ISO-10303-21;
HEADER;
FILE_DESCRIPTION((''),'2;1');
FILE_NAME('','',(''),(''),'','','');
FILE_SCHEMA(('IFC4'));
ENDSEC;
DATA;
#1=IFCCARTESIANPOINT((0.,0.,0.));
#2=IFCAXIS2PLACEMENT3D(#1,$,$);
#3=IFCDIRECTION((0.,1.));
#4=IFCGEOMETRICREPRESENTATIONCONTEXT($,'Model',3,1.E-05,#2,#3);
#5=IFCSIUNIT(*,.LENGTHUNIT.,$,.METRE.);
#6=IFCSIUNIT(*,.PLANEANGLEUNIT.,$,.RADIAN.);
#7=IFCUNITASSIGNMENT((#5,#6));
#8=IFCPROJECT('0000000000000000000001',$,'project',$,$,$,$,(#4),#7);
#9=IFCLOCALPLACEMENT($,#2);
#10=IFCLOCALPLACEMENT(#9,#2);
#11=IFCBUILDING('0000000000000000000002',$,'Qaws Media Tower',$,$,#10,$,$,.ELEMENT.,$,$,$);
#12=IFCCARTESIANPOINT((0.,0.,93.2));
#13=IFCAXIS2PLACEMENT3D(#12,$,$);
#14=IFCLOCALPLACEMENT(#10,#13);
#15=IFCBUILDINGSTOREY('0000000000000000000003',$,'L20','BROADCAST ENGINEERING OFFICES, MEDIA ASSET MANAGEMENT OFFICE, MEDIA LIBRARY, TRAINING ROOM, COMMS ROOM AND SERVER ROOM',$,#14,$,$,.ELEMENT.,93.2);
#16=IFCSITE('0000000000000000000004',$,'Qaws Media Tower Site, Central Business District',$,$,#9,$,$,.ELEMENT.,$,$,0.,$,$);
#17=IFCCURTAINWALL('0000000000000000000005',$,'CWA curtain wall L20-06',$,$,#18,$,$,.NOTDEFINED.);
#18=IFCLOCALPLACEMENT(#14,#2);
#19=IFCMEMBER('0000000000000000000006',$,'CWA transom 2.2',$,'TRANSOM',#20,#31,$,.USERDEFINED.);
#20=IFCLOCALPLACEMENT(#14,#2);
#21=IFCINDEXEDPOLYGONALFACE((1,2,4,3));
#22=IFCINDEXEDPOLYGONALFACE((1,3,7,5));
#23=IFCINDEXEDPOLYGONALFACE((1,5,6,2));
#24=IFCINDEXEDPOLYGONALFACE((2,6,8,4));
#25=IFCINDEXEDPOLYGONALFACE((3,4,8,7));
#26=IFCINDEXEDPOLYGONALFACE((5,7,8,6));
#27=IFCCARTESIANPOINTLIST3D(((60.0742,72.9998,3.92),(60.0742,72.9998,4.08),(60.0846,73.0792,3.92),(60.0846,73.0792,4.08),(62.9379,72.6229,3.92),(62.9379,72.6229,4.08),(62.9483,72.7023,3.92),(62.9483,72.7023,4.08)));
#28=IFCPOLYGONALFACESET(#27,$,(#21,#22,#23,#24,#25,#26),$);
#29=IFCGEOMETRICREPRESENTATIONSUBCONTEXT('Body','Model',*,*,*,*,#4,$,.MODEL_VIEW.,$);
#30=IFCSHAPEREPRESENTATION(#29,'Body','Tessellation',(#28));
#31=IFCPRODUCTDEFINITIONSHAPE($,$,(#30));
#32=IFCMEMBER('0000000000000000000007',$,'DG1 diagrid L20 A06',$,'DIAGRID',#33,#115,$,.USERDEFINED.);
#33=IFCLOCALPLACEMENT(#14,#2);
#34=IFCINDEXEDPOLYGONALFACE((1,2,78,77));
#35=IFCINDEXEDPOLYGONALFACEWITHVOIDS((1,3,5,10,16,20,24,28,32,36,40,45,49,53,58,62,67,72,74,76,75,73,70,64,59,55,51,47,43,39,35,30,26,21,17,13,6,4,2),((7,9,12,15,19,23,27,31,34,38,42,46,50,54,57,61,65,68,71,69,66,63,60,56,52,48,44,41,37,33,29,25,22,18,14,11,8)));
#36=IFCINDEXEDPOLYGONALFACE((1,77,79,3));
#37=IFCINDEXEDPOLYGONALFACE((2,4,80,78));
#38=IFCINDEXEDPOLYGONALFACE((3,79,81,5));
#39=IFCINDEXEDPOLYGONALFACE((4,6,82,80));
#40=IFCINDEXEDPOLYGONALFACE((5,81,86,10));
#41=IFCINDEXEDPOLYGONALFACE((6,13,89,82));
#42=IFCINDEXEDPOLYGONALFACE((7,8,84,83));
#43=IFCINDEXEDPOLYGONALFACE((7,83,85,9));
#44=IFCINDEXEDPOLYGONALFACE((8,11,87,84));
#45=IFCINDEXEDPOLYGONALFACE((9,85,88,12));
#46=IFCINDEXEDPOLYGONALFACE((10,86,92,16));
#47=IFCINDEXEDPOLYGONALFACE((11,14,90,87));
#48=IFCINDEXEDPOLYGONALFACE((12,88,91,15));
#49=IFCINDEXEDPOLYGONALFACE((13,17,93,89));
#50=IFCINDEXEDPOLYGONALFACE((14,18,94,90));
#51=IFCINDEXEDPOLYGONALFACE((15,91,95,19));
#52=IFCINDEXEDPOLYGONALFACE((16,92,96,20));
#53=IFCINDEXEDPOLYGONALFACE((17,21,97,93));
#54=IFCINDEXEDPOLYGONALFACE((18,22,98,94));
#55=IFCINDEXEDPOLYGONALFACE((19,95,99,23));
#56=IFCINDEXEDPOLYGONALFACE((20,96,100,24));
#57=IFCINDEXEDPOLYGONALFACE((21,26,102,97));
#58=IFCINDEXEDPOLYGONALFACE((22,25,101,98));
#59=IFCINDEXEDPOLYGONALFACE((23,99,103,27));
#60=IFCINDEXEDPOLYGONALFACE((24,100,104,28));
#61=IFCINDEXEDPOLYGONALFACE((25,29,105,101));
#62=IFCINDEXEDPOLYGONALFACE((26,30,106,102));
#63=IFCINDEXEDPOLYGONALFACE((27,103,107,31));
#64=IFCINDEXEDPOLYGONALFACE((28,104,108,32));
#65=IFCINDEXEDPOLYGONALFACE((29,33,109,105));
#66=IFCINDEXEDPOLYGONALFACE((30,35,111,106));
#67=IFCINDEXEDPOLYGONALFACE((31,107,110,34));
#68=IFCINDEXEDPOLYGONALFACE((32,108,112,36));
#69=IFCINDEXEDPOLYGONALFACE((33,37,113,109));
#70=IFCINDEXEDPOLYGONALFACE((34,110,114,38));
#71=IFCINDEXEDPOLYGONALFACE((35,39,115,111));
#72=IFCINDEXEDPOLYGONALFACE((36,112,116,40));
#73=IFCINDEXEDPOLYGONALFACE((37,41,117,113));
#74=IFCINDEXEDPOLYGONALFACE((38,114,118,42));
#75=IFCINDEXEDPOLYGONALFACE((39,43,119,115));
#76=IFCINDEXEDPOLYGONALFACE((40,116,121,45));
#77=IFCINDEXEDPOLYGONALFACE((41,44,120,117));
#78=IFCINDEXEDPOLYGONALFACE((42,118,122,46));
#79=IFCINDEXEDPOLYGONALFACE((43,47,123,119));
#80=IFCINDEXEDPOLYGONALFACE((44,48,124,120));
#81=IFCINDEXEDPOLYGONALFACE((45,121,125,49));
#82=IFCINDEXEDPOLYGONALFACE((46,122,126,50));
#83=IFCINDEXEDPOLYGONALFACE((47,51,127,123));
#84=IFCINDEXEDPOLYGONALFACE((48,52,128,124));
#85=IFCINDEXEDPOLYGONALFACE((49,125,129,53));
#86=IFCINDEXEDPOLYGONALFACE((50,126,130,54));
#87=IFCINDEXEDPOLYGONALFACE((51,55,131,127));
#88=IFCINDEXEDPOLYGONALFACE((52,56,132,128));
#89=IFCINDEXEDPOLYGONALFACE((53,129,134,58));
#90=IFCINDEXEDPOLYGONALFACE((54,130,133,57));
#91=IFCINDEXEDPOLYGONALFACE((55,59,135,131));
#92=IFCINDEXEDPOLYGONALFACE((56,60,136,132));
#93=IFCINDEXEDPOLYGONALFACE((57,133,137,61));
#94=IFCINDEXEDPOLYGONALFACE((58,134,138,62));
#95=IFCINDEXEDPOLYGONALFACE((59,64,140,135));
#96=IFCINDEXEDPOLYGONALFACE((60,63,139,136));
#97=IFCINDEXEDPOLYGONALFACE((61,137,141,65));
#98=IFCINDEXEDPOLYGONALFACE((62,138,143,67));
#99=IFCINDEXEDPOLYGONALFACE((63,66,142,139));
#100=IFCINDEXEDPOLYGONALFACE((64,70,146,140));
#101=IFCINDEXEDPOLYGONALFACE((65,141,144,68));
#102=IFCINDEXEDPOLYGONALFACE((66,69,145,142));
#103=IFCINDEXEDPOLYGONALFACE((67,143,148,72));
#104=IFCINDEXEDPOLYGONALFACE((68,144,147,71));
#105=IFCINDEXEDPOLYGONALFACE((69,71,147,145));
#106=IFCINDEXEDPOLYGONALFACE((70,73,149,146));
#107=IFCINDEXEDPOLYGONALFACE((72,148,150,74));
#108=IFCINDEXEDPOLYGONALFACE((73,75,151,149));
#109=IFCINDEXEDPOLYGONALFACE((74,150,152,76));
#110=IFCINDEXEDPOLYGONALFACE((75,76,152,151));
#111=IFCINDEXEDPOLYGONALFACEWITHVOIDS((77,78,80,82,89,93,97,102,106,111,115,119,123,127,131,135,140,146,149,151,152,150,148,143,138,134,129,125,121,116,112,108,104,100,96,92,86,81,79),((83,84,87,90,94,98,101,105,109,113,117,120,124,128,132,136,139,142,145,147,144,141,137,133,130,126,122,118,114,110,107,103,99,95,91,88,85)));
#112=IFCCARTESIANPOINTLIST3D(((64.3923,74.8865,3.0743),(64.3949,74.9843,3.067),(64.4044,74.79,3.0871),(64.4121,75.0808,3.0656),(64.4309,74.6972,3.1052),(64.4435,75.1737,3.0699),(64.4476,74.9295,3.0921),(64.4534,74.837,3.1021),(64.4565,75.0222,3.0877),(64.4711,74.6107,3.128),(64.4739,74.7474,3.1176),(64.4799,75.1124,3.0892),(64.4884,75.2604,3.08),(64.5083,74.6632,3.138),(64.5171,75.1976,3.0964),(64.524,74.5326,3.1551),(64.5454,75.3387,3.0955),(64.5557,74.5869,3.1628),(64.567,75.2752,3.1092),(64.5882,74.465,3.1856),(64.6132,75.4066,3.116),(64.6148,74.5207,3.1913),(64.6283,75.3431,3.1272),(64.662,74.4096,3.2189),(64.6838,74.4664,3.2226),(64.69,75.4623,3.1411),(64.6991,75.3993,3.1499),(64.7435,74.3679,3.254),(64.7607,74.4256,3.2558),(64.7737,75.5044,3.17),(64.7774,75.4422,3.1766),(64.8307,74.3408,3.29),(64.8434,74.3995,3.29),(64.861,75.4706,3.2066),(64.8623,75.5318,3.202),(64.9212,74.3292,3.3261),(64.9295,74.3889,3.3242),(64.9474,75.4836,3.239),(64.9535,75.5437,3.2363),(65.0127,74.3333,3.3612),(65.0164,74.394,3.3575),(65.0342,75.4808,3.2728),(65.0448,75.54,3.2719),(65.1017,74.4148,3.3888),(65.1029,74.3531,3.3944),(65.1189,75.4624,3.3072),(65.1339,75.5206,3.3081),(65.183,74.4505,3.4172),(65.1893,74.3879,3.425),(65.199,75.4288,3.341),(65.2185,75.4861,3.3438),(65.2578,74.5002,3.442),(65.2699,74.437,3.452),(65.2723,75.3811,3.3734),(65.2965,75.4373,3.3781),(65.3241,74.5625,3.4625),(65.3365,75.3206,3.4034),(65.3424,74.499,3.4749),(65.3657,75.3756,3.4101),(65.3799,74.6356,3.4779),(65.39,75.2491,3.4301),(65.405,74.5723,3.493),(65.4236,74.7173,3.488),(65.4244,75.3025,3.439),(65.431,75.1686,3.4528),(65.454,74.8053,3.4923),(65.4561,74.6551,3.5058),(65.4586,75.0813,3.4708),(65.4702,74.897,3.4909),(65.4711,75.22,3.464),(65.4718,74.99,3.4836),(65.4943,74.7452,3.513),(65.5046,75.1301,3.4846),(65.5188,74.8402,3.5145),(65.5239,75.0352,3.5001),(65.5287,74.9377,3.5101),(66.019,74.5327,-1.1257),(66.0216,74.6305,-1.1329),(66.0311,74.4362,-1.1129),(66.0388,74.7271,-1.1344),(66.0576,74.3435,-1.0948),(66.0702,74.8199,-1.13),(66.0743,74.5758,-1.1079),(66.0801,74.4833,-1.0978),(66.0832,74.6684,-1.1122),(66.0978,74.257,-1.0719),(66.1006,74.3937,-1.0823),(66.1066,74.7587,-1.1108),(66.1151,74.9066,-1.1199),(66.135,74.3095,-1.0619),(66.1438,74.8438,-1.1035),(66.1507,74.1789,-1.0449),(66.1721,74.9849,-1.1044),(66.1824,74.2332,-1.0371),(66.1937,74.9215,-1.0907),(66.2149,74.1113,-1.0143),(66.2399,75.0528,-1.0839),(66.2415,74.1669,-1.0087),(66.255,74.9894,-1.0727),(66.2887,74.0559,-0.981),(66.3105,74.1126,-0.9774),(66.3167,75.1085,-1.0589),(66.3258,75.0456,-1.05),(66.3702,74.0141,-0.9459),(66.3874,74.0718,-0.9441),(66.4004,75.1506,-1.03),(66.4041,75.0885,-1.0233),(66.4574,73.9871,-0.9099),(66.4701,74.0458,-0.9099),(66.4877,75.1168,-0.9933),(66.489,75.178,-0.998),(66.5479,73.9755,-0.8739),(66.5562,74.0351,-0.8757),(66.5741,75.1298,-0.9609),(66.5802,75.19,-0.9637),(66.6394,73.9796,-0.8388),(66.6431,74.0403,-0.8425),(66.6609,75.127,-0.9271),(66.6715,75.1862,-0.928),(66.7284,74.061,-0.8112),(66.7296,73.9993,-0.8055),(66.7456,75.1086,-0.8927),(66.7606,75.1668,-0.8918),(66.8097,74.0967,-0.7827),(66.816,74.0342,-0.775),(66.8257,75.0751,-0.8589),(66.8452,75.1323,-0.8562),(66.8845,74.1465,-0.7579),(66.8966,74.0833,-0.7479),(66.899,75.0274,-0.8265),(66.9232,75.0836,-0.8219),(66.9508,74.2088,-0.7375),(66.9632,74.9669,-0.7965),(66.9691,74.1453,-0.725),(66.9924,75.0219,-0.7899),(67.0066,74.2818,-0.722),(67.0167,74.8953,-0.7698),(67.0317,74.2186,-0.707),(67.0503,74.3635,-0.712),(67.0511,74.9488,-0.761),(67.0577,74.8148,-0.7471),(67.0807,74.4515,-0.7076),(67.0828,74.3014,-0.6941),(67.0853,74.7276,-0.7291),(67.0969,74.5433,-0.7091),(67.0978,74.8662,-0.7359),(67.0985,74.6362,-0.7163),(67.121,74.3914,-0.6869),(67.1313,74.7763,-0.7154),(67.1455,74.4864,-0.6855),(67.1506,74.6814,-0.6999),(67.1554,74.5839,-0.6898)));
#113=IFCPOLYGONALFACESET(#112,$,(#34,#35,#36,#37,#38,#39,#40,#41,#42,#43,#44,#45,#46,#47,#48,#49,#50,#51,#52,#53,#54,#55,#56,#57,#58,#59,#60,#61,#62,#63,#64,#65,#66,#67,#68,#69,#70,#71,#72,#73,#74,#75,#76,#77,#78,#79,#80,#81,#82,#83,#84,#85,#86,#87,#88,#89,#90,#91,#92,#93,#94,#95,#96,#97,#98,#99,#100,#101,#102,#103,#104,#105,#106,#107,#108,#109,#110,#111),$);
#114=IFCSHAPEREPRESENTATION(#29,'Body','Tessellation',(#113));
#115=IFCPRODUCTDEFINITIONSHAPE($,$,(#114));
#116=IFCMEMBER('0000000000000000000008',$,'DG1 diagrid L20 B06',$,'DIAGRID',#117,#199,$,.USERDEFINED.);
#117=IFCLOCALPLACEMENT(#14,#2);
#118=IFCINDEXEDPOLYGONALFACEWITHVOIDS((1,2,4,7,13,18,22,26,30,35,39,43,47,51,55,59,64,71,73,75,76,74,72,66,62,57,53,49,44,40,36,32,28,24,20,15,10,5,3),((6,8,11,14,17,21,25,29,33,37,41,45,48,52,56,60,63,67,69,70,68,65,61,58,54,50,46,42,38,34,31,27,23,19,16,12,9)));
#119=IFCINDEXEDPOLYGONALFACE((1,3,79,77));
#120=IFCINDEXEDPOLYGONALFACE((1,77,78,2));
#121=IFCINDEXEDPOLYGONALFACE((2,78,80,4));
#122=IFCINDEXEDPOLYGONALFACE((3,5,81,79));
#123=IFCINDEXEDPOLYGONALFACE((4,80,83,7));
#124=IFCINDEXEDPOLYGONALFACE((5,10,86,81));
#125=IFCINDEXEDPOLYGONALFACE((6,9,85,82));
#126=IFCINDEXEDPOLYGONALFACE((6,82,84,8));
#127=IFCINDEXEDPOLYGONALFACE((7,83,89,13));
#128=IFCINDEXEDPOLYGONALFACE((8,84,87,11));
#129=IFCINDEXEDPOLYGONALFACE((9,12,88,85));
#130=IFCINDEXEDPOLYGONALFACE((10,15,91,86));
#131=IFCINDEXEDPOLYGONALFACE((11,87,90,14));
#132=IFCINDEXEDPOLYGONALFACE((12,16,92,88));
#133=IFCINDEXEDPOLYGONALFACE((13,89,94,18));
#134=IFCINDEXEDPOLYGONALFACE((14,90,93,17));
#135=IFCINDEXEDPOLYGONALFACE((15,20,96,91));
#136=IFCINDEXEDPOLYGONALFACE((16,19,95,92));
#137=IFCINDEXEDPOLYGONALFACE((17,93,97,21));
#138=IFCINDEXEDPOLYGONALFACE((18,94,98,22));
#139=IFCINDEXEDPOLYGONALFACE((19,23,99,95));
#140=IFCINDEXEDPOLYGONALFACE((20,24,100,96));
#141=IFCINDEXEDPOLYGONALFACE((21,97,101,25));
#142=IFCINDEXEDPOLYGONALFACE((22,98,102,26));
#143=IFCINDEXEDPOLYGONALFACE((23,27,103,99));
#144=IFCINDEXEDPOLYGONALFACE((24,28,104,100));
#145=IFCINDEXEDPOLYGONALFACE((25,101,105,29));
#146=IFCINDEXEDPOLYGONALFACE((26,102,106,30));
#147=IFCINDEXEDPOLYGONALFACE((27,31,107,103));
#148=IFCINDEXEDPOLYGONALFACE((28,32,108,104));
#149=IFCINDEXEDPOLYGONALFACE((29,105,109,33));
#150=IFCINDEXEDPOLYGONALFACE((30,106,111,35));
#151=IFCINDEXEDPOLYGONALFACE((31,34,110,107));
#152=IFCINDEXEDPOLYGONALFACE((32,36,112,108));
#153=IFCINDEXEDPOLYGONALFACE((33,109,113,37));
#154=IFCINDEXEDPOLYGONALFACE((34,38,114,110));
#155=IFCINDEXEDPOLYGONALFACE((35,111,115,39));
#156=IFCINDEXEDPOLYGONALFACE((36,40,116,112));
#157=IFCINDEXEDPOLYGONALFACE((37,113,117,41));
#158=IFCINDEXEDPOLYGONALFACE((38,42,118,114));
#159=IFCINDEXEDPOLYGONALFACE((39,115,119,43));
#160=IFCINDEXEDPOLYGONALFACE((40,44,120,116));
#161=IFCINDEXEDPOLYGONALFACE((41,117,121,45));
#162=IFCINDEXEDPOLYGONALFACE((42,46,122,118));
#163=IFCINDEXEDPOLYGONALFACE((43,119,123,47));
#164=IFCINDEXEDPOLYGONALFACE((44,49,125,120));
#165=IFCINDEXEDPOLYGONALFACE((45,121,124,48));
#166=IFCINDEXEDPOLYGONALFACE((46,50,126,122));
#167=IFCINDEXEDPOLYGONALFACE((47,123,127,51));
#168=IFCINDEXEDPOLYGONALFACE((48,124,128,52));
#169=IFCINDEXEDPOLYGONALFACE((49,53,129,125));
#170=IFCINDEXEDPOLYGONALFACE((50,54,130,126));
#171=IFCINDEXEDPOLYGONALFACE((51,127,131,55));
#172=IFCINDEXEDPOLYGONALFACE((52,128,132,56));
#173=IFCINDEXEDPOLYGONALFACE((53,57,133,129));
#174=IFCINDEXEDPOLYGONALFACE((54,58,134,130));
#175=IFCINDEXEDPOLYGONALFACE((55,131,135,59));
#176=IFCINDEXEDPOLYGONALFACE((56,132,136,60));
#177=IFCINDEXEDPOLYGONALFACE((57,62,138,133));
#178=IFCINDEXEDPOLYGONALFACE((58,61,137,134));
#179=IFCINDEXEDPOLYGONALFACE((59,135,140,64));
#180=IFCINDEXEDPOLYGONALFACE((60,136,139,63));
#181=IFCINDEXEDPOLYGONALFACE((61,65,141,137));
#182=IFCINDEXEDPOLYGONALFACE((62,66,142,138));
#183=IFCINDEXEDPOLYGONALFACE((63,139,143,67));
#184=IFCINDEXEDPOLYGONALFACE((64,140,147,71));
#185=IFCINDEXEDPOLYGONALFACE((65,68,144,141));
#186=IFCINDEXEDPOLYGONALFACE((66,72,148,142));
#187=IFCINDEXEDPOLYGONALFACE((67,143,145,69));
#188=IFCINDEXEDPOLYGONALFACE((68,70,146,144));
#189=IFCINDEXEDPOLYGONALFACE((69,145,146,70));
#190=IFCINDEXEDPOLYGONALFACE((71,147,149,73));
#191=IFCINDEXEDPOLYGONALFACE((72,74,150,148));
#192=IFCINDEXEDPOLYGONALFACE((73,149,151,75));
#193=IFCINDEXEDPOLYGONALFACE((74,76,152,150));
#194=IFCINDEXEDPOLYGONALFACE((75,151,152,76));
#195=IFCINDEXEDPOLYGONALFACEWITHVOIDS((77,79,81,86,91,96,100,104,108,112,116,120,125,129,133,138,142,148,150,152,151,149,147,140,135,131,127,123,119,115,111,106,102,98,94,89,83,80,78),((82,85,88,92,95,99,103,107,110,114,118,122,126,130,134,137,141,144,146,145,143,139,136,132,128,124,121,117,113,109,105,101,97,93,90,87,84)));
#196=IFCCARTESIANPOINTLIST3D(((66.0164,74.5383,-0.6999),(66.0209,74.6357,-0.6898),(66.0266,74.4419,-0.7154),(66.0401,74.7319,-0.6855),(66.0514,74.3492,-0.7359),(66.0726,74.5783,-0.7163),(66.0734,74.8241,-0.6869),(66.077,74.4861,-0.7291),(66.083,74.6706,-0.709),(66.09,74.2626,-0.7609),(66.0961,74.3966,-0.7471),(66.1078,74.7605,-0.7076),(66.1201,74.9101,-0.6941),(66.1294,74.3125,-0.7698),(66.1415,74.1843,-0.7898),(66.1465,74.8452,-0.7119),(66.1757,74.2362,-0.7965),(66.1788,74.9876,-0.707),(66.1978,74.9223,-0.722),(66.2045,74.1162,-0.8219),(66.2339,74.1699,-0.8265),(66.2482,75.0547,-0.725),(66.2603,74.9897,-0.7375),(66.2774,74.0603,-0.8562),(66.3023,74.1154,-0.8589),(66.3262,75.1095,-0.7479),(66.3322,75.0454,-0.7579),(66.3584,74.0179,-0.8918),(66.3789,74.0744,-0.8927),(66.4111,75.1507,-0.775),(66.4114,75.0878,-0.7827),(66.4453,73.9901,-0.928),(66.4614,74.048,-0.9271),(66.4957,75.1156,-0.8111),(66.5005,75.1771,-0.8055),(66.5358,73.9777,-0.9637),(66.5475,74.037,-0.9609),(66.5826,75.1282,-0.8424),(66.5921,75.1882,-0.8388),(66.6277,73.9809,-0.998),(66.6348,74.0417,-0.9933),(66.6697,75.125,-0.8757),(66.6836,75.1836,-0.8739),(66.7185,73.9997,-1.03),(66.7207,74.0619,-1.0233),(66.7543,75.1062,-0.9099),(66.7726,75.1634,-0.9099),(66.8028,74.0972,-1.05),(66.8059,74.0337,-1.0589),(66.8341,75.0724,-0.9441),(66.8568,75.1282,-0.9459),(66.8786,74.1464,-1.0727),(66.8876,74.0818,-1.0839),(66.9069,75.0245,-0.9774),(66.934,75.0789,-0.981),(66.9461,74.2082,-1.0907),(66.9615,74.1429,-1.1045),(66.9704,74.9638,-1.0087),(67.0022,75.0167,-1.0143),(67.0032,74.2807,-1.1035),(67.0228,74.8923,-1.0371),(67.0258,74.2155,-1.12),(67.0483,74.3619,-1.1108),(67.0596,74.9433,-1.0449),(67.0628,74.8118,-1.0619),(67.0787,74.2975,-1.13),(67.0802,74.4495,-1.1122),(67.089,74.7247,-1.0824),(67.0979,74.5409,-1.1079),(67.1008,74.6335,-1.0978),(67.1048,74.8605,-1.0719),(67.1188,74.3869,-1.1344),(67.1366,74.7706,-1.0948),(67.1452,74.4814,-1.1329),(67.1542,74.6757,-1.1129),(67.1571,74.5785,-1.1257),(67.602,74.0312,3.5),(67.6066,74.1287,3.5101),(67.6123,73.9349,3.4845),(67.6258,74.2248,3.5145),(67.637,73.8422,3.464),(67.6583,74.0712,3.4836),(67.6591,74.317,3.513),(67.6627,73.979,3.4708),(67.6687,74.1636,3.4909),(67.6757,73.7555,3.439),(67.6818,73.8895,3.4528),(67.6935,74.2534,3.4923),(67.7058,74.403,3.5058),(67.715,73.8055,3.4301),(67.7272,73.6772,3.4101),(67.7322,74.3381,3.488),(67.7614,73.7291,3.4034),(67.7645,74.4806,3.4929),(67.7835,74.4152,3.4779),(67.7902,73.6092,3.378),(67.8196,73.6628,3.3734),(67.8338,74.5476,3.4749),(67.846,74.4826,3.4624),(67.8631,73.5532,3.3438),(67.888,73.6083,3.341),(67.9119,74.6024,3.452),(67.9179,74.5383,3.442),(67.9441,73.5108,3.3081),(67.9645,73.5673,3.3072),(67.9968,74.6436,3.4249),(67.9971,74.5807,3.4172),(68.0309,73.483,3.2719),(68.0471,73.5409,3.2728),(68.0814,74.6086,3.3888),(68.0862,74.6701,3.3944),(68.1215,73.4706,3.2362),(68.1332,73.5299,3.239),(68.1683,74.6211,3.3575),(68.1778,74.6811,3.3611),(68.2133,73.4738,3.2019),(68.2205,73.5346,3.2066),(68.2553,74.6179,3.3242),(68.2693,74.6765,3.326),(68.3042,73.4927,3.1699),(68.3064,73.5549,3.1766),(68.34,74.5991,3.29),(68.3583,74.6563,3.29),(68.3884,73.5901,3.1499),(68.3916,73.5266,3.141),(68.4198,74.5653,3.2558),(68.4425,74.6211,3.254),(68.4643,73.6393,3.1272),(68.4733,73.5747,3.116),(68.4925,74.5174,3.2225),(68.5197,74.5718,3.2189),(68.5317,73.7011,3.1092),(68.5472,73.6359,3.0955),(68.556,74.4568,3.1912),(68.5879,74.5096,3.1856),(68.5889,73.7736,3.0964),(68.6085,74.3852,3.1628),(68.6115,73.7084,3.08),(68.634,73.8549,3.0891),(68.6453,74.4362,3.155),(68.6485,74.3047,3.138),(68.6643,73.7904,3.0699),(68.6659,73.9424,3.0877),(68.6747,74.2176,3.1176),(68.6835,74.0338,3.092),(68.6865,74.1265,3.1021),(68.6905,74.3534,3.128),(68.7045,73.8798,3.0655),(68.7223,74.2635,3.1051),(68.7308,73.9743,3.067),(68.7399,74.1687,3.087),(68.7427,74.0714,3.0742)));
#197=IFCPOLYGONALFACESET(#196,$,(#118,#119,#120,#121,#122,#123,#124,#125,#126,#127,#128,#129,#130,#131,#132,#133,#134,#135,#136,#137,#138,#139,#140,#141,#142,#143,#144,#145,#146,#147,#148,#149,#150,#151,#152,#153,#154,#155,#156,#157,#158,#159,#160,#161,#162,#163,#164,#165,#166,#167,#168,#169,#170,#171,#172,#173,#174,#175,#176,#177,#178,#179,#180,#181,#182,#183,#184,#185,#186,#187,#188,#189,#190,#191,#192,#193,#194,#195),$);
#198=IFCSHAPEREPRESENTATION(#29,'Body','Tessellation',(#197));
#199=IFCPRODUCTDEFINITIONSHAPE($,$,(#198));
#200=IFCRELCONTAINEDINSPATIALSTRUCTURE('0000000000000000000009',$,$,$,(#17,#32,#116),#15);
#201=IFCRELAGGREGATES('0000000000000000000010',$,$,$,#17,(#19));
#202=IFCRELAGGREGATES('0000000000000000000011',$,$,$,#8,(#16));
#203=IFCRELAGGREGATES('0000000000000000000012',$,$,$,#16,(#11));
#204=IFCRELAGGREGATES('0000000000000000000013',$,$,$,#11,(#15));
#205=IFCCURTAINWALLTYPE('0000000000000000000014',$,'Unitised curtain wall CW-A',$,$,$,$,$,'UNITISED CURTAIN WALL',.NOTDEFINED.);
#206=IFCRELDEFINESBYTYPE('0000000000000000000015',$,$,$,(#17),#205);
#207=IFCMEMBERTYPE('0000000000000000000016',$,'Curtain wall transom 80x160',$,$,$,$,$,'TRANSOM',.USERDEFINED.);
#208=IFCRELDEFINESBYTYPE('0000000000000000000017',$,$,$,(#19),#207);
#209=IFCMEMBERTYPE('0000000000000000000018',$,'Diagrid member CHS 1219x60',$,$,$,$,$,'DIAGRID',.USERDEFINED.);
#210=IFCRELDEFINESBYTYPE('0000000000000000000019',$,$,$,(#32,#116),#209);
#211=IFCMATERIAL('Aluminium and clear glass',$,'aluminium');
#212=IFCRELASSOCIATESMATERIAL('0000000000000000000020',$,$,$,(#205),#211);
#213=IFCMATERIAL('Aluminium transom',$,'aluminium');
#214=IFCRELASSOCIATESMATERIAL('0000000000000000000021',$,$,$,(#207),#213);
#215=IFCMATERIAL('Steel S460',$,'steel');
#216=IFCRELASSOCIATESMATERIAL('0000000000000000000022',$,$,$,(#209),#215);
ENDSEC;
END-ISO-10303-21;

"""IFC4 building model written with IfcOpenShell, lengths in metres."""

from ifc_helpers import new_model, si_unit, direction, frame, origin, origin_2d, place, context, subcontext, project, spatial, rectangle, hollow_circle, extrude, material, material_profile, profile_set, type_object, element, aggregate, save


model = new_model("IFC4")

# Units and contexts
model_context = context("Model", 3, precision=1e-05, world=origin(), true_north=direction((0.0, 1.0)))
body_context = subcontext(model_context, "Body", "Model", "MODEL_VIEW")
ifc_project = project(units=[si_unit("LENGTHUNIT", "METRE"), si_unit("PLANEANGLEUNIT", "RADIAN")], contexts=[model_context])

# Site, building, storey
site_placement = place(None, origin())
site = spatial("IfcSite", under=ifc_project, at=site_placement, Name="Qaws Media Tower Site, Central Business District", CompositionType="ELEMENT", RefElevation=0.0)
building_placement = place(site_placement, origin())
building = spatial("IfcBuilding", under=site, at=building_placement, Name="Qaws Media Tower", CompositionType="ELEMENT")
storey_placement = place(building_placement, frame((0.0, 0.0, 93.2)))
storey = spatial("IfcBuildingStorey", under=building, at=storey_placement, Name="L20", Description="BROADCAST ENGINEERING OFFICES, MEDIA ASSET MANAGEMENT OFFICE, MEDIA LIBRARY, TRAINING ROOM, COMMS ROOM AND SERVER ROOM", CompositionType="ELEMENT", Elevation=93.2)

# Shared definitions
ifc_material_1 = material(Name="Aluminium and clear glass", Category="aluminium")
curtain_wall_type = type_object("IfcCurtainWallType", Name="Unitised curtain wall CW-A", ElementType="UNITISED CURTAIN WALL", PredefinedType="NOTDEFINED", material=ifc_material_1)

# Curtain wall
curtain_wall_1_placement = place(storey_placement, origin())
curtain_wall_1 = element("IfcCurtainWall", 1, at=curtain_wall_1_placement, inside=storey, type_object=curtain_wall_type, Name="CWA curtain wall L20-06", PredefinedType="NOTDEFINED")

# Member
ifc_material_2 = material(Name="Aluminium transom", Category="aluminium")
ifc_material_profile_1 = material_profile(ifc_material_2, rectangle(XDim=0.0801, YDim=0.1599, at=origin_2d()), Name="80x160")
ifc_profile_set_1 = profile_set([ifc_material_profile_1], Name="Aluminium transom")
member_type_1 = type_object("IfcMemberType", Name="Curtain wall transom 80x160", ElementType="TRANSOM", PredefinedType="USERDEFINED", material=ifc_profile_set_1)
member_1_placement = place(storey_placement, frame((62.9431, 72.6626, 4.0), z_axis=(-0.991448, 0.130503, 0.0), x_axis=(-0.130503, -0.991448, 0.0)))
member_1 = element("IfcMember", 2, at=member_1_placement, type_object=member_type_1, Name="CWA transom 2.2", ObjectType="TRANSOM", PredefinedType="USERDEFINED", context=body_context, shape_type="SweptSolid", body=[
    extrude(rectangle(XDim=0.0801, YDim=0.1599, at=origin_2d()), origin(), (0.0, 0.0, 1.0), 2.8884),
])

# Members
ifc_material_3 = material(Name="Steel S460", Category="steel")
ifc_material_profile_2 = material_profile(ifc_material_3, hollow_circle(Radius=0.6096, WallThickness=0.0601, at=origin_2d()), Name="CHS 1219x60")
ifc_profile_set_2 = profile_set([ifc_material_profile_2], Name="Steel S460")
member_type_2 = type_object("IfcMemberType", Name="Diagrid member CHS 1219x60", ElementType="DIAGRID", PredefinedType="USERDEFINED", material=ifc_profile_set_2)
for number, where, z_axis, x_axis, name in (
    (3, (66.5869, 74.5828, -0.9099), (-0.360063, 0.078303, 0.929636), (-0.212503, -0.97716, 0.0), "DG1 diagrid L20 A06"),
    (4, (66.5869, 74.5828, -0.9099), (0.350983, -0.112239, 0.929631), (0.304589, 0.952484, 0.0), "DG1 diagrid L20 B06"),
):
    element("IfcMember", number, at=place(storey_placement, frame(where, z_axis=z_axis, x_axis=x_axis)), inside=storey, type_object=member_type_2, Name=name, ObjectType="DIAGRID", PredefinedType="USERDEFINED", context=body_context, shape_type="SweptSolid", body=[
        extrude(hollow_circle(Radius=0.6096, WallThickness=0.0601, at=origin_2d()), origin(), (0.0, 0.0, 1.0), 4.5178),
    ])

aggregate(curtain_wall_1, [member_1])

save(model, "model.ifc")
